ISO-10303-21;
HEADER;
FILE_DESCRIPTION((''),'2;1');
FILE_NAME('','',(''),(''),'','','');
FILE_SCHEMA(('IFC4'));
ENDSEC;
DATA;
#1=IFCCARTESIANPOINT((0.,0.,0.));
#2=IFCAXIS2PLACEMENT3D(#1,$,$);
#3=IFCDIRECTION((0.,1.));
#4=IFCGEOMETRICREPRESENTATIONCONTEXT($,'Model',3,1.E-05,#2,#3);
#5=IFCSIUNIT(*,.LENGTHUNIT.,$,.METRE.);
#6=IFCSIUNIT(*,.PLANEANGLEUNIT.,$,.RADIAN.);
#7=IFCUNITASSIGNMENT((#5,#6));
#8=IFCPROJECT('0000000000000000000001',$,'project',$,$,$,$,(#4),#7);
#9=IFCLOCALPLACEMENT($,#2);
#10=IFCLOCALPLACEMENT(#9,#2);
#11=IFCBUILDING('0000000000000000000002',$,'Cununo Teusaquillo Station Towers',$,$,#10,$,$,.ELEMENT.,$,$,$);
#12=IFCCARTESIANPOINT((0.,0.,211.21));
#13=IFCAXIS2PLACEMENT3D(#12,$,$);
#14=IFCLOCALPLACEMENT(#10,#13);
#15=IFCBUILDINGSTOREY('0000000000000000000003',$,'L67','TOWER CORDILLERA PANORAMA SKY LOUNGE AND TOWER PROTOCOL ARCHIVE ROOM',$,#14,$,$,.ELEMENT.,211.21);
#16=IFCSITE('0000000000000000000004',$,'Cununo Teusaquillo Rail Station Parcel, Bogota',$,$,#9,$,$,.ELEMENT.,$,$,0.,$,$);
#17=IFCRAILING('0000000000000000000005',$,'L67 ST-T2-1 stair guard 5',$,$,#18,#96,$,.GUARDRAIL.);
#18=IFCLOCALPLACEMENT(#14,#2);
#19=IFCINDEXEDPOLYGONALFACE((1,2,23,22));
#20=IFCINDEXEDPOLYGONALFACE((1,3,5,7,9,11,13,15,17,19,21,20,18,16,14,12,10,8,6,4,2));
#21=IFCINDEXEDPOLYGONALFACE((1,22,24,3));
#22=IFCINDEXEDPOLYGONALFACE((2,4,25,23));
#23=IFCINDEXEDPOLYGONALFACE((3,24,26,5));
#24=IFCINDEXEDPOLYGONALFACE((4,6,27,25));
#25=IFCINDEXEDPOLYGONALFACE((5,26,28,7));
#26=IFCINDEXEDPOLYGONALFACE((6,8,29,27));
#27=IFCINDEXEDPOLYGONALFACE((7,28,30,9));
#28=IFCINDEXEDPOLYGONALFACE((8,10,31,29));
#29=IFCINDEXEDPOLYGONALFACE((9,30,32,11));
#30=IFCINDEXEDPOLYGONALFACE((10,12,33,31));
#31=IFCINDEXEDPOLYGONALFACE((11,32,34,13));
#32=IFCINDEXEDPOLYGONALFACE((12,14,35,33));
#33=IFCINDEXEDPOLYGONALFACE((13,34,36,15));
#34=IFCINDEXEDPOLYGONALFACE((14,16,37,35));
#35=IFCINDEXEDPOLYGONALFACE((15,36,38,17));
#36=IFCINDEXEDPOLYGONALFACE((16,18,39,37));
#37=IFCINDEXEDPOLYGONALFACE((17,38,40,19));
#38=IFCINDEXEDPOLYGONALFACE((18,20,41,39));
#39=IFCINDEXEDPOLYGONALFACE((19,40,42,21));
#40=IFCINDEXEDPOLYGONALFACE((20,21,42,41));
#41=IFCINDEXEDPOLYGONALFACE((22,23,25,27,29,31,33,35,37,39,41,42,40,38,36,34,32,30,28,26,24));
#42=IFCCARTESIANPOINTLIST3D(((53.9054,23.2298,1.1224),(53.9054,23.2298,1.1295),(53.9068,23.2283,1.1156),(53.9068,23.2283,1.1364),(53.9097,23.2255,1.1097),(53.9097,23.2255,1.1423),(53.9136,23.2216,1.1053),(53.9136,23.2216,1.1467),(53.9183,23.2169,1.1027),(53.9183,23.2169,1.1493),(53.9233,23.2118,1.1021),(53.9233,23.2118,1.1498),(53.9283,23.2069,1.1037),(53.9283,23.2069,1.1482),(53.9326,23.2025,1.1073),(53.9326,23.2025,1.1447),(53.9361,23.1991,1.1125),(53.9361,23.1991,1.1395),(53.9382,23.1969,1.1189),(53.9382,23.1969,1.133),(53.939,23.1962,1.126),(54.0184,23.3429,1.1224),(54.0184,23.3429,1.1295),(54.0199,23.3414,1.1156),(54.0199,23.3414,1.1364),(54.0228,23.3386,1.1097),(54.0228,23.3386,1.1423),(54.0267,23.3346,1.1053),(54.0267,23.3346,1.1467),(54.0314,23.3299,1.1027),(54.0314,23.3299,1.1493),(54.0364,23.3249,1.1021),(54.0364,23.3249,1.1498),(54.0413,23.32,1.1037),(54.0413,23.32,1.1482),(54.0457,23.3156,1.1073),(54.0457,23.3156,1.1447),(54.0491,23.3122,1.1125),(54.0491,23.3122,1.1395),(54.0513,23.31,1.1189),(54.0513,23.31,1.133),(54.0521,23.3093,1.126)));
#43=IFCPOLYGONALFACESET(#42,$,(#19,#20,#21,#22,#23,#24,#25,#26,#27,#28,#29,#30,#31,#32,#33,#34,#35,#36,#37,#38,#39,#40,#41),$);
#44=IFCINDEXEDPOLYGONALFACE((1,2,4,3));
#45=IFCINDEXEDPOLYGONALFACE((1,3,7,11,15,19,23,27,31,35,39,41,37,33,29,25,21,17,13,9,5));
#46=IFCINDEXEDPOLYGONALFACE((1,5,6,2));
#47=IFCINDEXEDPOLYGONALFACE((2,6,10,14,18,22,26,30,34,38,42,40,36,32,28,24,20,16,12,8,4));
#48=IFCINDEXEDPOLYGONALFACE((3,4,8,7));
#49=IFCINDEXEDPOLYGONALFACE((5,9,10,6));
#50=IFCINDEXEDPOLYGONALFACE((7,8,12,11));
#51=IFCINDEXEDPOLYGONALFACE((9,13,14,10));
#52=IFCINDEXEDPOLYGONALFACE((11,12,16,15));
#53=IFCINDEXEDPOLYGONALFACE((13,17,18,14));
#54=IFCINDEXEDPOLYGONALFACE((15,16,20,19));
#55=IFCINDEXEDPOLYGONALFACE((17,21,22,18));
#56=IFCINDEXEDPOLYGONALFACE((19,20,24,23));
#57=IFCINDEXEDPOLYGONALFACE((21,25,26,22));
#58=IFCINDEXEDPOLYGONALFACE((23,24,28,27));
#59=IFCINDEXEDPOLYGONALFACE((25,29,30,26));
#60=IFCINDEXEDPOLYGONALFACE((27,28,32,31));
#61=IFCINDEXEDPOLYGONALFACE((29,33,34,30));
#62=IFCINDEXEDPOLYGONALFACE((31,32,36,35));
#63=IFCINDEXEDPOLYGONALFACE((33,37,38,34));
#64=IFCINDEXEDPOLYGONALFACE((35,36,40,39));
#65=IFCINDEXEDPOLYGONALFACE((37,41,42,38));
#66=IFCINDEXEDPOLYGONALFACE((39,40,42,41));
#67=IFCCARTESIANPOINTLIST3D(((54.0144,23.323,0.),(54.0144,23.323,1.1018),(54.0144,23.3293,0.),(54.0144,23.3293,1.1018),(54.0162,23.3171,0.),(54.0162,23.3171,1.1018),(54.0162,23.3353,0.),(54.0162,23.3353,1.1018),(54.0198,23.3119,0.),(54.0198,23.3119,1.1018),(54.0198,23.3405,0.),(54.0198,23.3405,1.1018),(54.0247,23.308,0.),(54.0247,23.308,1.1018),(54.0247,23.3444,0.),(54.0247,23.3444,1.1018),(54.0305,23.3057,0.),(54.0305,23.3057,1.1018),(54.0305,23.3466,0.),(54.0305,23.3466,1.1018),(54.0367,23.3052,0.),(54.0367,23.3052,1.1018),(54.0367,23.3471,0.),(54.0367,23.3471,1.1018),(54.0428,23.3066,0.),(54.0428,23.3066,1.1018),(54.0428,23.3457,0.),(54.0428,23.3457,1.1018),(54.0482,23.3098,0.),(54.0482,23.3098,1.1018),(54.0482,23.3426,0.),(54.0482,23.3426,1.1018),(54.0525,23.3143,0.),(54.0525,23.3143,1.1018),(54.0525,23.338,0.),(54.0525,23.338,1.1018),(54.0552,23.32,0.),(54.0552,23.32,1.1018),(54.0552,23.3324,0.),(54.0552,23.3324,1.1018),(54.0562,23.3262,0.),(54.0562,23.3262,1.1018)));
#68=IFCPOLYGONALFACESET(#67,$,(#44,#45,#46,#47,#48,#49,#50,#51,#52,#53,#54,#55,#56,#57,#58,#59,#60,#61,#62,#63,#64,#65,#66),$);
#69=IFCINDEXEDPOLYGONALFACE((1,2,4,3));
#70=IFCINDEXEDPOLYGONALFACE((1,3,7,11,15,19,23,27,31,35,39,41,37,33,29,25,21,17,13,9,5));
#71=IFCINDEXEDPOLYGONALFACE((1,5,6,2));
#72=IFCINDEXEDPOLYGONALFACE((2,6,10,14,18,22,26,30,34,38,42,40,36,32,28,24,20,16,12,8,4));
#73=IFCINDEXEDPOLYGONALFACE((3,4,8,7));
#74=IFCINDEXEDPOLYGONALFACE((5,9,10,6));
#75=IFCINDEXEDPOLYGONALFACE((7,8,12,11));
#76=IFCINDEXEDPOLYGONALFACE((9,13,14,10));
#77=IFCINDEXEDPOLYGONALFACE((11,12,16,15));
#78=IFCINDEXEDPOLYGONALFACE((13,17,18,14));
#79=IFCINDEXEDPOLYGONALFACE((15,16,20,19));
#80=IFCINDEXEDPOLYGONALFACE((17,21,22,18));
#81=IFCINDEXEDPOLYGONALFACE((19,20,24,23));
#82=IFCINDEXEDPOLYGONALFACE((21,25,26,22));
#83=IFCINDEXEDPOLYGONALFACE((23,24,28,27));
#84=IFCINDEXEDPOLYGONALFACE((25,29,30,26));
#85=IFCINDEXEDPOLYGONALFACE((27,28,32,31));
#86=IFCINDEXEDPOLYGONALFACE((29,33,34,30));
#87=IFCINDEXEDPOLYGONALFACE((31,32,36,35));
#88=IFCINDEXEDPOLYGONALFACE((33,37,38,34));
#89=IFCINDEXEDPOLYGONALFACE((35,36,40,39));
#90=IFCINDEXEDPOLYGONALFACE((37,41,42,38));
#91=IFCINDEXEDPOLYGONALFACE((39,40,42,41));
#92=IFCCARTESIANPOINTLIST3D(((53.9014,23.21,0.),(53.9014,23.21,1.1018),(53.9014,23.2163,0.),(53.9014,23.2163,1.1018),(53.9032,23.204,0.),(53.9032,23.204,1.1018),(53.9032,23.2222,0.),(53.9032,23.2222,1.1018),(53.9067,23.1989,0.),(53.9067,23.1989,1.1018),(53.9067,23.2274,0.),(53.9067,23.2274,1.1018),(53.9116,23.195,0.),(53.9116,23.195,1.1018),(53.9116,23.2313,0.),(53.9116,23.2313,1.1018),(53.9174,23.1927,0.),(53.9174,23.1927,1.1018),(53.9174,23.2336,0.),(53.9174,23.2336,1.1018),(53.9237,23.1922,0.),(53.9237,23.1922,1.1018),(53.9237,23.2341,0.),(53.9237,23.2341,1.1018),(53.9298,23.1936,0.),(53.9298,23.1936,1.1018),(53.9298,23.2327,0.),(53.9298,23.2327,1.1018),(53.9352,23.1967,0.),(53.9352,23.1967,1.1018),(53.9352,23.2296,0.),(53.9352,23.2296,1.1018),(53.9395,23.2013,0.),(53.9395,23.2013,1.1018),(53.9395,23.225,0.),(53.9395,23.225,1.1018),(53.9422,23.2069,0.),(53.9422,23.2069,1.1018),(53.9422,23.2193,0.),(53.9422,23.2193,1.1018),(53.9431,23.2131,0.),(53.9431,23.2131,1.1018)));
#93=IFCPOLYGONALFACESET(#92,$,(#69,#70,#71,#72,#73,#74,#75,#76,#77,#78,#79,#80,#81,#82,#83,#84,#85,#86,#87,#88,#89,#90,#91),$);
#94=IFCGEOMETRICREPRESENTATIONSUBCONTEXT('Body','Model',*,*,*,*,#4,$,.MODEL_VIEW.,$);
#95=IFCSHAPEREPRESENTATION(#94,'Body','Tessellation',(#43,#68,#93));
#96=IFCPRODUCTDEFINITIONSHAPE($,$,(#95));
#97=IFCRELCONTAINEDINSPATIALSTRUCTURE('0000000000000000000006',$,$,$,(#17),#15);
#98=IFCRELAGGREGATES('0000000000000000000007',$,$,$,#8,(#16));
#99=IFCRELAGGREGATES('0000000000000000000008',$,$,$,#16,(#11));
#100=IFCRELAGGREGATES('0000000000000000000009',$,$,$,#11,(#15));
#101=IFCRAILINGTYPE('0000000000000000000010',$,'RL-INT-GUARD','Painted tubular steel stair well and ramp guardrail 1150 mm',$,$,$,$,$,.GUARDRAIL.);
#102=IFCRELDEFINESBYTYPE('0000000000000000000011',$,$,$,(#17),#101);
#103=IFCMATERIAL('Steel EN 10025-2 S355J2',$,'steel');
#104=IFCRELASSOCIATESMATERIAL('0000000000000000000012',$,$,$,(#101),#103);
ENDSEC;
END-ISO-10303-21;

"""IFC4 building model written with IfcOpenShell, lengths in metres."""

from ifc_helpers import new_model, si_unit, direction, frame, origin, origin_2d, place, context, subcontext, project, spatial, circle, extrude, material, type_object, element, save


model = new_model("IFC4")

# Units and contexts
model_context = context("Model", 3, precision=1e-05, world=origin(), true_north=direction((0.0, 1.0)))
body_context = subcontext(model_context, "Body", "Model", "MODEL_VIEW")
ifc_project = project(units=[si_unit("LENGTHUNIT", "METRE"), si_unit("PLANEANGLEUNIT", "RADIAN")], contexts=[model_context])

# Site, building, storey
site_placement = place(None, origin())
site = spatial("IfcSite", under=ifc_project, at=site_placement, Name="Cununo Teusaquillo Rail Station Parcel, Bogota", CompositionType="ELEMENT", RefElevation=0.0)
building_placement = place(site_placement, origin())
building = spatial("IfcBuilding", under=site, at=building_placement, Name="Cununo Teusaquillo Station Towers", CompositionType="ELEMENT")
storey_placement = place(building_placement, frame((0.0, 0.0, 211.21)))
storey = spatial("IfcBuildingStorey", under=building, at=storey_placement, Name="L67", Description="TOWER CORDILLERA PANORAMA SKY LOUNGE AND TOWER PROTOCOL ARCHIVE ROOM", CompositionType="ELEMENT", Elevation=211.21)

# Railing
ifc_material_1 = material(Name="Steel EN 10025-2 S355J2", Category="steel")
railing_type_1 = type_object("IfcRailingType", Name="RL-INT-GUARD", Description="Painted tubular steel stair well and ramp guardrail 1150 mm", PredefinedType="GUARDRAIL", material=ifc_material_1)
railing_1_placement = place(storey_placement, frame((54.0352, 23.3262, 0.0)))
element("IfcRailing", 1, at=railing_1_placement, inside=storey, type_object=railing_type_1, Name="L67 ST-T2-1 stair guard 5", PredefinedType="GUARDRAIL", context=body_context, shape_type="SweptSolid", body=[
    extrude(circle(Radius=0.0239, at=origin_2d()), frame((0.0, 0.0, 1.126), z_axis=(-0.707107, -0.707107, 0.0), x_axis=(0.707107, -0.707107, 0.0)), (0.0, 0.0, 1.0), 0.1599),
    extrude(circle(Radius=0.021, at=origin_2d()), origin(), (0.0, 0.0, 1.0), 1.1018),
    extrude(circle(Radius=0.021, at=origin_2d()), frame((-0.113, -0.113, 0.0)), (0.0, 0.0, 1.0), 1.1018),
])

save(model, "model.ifc")
